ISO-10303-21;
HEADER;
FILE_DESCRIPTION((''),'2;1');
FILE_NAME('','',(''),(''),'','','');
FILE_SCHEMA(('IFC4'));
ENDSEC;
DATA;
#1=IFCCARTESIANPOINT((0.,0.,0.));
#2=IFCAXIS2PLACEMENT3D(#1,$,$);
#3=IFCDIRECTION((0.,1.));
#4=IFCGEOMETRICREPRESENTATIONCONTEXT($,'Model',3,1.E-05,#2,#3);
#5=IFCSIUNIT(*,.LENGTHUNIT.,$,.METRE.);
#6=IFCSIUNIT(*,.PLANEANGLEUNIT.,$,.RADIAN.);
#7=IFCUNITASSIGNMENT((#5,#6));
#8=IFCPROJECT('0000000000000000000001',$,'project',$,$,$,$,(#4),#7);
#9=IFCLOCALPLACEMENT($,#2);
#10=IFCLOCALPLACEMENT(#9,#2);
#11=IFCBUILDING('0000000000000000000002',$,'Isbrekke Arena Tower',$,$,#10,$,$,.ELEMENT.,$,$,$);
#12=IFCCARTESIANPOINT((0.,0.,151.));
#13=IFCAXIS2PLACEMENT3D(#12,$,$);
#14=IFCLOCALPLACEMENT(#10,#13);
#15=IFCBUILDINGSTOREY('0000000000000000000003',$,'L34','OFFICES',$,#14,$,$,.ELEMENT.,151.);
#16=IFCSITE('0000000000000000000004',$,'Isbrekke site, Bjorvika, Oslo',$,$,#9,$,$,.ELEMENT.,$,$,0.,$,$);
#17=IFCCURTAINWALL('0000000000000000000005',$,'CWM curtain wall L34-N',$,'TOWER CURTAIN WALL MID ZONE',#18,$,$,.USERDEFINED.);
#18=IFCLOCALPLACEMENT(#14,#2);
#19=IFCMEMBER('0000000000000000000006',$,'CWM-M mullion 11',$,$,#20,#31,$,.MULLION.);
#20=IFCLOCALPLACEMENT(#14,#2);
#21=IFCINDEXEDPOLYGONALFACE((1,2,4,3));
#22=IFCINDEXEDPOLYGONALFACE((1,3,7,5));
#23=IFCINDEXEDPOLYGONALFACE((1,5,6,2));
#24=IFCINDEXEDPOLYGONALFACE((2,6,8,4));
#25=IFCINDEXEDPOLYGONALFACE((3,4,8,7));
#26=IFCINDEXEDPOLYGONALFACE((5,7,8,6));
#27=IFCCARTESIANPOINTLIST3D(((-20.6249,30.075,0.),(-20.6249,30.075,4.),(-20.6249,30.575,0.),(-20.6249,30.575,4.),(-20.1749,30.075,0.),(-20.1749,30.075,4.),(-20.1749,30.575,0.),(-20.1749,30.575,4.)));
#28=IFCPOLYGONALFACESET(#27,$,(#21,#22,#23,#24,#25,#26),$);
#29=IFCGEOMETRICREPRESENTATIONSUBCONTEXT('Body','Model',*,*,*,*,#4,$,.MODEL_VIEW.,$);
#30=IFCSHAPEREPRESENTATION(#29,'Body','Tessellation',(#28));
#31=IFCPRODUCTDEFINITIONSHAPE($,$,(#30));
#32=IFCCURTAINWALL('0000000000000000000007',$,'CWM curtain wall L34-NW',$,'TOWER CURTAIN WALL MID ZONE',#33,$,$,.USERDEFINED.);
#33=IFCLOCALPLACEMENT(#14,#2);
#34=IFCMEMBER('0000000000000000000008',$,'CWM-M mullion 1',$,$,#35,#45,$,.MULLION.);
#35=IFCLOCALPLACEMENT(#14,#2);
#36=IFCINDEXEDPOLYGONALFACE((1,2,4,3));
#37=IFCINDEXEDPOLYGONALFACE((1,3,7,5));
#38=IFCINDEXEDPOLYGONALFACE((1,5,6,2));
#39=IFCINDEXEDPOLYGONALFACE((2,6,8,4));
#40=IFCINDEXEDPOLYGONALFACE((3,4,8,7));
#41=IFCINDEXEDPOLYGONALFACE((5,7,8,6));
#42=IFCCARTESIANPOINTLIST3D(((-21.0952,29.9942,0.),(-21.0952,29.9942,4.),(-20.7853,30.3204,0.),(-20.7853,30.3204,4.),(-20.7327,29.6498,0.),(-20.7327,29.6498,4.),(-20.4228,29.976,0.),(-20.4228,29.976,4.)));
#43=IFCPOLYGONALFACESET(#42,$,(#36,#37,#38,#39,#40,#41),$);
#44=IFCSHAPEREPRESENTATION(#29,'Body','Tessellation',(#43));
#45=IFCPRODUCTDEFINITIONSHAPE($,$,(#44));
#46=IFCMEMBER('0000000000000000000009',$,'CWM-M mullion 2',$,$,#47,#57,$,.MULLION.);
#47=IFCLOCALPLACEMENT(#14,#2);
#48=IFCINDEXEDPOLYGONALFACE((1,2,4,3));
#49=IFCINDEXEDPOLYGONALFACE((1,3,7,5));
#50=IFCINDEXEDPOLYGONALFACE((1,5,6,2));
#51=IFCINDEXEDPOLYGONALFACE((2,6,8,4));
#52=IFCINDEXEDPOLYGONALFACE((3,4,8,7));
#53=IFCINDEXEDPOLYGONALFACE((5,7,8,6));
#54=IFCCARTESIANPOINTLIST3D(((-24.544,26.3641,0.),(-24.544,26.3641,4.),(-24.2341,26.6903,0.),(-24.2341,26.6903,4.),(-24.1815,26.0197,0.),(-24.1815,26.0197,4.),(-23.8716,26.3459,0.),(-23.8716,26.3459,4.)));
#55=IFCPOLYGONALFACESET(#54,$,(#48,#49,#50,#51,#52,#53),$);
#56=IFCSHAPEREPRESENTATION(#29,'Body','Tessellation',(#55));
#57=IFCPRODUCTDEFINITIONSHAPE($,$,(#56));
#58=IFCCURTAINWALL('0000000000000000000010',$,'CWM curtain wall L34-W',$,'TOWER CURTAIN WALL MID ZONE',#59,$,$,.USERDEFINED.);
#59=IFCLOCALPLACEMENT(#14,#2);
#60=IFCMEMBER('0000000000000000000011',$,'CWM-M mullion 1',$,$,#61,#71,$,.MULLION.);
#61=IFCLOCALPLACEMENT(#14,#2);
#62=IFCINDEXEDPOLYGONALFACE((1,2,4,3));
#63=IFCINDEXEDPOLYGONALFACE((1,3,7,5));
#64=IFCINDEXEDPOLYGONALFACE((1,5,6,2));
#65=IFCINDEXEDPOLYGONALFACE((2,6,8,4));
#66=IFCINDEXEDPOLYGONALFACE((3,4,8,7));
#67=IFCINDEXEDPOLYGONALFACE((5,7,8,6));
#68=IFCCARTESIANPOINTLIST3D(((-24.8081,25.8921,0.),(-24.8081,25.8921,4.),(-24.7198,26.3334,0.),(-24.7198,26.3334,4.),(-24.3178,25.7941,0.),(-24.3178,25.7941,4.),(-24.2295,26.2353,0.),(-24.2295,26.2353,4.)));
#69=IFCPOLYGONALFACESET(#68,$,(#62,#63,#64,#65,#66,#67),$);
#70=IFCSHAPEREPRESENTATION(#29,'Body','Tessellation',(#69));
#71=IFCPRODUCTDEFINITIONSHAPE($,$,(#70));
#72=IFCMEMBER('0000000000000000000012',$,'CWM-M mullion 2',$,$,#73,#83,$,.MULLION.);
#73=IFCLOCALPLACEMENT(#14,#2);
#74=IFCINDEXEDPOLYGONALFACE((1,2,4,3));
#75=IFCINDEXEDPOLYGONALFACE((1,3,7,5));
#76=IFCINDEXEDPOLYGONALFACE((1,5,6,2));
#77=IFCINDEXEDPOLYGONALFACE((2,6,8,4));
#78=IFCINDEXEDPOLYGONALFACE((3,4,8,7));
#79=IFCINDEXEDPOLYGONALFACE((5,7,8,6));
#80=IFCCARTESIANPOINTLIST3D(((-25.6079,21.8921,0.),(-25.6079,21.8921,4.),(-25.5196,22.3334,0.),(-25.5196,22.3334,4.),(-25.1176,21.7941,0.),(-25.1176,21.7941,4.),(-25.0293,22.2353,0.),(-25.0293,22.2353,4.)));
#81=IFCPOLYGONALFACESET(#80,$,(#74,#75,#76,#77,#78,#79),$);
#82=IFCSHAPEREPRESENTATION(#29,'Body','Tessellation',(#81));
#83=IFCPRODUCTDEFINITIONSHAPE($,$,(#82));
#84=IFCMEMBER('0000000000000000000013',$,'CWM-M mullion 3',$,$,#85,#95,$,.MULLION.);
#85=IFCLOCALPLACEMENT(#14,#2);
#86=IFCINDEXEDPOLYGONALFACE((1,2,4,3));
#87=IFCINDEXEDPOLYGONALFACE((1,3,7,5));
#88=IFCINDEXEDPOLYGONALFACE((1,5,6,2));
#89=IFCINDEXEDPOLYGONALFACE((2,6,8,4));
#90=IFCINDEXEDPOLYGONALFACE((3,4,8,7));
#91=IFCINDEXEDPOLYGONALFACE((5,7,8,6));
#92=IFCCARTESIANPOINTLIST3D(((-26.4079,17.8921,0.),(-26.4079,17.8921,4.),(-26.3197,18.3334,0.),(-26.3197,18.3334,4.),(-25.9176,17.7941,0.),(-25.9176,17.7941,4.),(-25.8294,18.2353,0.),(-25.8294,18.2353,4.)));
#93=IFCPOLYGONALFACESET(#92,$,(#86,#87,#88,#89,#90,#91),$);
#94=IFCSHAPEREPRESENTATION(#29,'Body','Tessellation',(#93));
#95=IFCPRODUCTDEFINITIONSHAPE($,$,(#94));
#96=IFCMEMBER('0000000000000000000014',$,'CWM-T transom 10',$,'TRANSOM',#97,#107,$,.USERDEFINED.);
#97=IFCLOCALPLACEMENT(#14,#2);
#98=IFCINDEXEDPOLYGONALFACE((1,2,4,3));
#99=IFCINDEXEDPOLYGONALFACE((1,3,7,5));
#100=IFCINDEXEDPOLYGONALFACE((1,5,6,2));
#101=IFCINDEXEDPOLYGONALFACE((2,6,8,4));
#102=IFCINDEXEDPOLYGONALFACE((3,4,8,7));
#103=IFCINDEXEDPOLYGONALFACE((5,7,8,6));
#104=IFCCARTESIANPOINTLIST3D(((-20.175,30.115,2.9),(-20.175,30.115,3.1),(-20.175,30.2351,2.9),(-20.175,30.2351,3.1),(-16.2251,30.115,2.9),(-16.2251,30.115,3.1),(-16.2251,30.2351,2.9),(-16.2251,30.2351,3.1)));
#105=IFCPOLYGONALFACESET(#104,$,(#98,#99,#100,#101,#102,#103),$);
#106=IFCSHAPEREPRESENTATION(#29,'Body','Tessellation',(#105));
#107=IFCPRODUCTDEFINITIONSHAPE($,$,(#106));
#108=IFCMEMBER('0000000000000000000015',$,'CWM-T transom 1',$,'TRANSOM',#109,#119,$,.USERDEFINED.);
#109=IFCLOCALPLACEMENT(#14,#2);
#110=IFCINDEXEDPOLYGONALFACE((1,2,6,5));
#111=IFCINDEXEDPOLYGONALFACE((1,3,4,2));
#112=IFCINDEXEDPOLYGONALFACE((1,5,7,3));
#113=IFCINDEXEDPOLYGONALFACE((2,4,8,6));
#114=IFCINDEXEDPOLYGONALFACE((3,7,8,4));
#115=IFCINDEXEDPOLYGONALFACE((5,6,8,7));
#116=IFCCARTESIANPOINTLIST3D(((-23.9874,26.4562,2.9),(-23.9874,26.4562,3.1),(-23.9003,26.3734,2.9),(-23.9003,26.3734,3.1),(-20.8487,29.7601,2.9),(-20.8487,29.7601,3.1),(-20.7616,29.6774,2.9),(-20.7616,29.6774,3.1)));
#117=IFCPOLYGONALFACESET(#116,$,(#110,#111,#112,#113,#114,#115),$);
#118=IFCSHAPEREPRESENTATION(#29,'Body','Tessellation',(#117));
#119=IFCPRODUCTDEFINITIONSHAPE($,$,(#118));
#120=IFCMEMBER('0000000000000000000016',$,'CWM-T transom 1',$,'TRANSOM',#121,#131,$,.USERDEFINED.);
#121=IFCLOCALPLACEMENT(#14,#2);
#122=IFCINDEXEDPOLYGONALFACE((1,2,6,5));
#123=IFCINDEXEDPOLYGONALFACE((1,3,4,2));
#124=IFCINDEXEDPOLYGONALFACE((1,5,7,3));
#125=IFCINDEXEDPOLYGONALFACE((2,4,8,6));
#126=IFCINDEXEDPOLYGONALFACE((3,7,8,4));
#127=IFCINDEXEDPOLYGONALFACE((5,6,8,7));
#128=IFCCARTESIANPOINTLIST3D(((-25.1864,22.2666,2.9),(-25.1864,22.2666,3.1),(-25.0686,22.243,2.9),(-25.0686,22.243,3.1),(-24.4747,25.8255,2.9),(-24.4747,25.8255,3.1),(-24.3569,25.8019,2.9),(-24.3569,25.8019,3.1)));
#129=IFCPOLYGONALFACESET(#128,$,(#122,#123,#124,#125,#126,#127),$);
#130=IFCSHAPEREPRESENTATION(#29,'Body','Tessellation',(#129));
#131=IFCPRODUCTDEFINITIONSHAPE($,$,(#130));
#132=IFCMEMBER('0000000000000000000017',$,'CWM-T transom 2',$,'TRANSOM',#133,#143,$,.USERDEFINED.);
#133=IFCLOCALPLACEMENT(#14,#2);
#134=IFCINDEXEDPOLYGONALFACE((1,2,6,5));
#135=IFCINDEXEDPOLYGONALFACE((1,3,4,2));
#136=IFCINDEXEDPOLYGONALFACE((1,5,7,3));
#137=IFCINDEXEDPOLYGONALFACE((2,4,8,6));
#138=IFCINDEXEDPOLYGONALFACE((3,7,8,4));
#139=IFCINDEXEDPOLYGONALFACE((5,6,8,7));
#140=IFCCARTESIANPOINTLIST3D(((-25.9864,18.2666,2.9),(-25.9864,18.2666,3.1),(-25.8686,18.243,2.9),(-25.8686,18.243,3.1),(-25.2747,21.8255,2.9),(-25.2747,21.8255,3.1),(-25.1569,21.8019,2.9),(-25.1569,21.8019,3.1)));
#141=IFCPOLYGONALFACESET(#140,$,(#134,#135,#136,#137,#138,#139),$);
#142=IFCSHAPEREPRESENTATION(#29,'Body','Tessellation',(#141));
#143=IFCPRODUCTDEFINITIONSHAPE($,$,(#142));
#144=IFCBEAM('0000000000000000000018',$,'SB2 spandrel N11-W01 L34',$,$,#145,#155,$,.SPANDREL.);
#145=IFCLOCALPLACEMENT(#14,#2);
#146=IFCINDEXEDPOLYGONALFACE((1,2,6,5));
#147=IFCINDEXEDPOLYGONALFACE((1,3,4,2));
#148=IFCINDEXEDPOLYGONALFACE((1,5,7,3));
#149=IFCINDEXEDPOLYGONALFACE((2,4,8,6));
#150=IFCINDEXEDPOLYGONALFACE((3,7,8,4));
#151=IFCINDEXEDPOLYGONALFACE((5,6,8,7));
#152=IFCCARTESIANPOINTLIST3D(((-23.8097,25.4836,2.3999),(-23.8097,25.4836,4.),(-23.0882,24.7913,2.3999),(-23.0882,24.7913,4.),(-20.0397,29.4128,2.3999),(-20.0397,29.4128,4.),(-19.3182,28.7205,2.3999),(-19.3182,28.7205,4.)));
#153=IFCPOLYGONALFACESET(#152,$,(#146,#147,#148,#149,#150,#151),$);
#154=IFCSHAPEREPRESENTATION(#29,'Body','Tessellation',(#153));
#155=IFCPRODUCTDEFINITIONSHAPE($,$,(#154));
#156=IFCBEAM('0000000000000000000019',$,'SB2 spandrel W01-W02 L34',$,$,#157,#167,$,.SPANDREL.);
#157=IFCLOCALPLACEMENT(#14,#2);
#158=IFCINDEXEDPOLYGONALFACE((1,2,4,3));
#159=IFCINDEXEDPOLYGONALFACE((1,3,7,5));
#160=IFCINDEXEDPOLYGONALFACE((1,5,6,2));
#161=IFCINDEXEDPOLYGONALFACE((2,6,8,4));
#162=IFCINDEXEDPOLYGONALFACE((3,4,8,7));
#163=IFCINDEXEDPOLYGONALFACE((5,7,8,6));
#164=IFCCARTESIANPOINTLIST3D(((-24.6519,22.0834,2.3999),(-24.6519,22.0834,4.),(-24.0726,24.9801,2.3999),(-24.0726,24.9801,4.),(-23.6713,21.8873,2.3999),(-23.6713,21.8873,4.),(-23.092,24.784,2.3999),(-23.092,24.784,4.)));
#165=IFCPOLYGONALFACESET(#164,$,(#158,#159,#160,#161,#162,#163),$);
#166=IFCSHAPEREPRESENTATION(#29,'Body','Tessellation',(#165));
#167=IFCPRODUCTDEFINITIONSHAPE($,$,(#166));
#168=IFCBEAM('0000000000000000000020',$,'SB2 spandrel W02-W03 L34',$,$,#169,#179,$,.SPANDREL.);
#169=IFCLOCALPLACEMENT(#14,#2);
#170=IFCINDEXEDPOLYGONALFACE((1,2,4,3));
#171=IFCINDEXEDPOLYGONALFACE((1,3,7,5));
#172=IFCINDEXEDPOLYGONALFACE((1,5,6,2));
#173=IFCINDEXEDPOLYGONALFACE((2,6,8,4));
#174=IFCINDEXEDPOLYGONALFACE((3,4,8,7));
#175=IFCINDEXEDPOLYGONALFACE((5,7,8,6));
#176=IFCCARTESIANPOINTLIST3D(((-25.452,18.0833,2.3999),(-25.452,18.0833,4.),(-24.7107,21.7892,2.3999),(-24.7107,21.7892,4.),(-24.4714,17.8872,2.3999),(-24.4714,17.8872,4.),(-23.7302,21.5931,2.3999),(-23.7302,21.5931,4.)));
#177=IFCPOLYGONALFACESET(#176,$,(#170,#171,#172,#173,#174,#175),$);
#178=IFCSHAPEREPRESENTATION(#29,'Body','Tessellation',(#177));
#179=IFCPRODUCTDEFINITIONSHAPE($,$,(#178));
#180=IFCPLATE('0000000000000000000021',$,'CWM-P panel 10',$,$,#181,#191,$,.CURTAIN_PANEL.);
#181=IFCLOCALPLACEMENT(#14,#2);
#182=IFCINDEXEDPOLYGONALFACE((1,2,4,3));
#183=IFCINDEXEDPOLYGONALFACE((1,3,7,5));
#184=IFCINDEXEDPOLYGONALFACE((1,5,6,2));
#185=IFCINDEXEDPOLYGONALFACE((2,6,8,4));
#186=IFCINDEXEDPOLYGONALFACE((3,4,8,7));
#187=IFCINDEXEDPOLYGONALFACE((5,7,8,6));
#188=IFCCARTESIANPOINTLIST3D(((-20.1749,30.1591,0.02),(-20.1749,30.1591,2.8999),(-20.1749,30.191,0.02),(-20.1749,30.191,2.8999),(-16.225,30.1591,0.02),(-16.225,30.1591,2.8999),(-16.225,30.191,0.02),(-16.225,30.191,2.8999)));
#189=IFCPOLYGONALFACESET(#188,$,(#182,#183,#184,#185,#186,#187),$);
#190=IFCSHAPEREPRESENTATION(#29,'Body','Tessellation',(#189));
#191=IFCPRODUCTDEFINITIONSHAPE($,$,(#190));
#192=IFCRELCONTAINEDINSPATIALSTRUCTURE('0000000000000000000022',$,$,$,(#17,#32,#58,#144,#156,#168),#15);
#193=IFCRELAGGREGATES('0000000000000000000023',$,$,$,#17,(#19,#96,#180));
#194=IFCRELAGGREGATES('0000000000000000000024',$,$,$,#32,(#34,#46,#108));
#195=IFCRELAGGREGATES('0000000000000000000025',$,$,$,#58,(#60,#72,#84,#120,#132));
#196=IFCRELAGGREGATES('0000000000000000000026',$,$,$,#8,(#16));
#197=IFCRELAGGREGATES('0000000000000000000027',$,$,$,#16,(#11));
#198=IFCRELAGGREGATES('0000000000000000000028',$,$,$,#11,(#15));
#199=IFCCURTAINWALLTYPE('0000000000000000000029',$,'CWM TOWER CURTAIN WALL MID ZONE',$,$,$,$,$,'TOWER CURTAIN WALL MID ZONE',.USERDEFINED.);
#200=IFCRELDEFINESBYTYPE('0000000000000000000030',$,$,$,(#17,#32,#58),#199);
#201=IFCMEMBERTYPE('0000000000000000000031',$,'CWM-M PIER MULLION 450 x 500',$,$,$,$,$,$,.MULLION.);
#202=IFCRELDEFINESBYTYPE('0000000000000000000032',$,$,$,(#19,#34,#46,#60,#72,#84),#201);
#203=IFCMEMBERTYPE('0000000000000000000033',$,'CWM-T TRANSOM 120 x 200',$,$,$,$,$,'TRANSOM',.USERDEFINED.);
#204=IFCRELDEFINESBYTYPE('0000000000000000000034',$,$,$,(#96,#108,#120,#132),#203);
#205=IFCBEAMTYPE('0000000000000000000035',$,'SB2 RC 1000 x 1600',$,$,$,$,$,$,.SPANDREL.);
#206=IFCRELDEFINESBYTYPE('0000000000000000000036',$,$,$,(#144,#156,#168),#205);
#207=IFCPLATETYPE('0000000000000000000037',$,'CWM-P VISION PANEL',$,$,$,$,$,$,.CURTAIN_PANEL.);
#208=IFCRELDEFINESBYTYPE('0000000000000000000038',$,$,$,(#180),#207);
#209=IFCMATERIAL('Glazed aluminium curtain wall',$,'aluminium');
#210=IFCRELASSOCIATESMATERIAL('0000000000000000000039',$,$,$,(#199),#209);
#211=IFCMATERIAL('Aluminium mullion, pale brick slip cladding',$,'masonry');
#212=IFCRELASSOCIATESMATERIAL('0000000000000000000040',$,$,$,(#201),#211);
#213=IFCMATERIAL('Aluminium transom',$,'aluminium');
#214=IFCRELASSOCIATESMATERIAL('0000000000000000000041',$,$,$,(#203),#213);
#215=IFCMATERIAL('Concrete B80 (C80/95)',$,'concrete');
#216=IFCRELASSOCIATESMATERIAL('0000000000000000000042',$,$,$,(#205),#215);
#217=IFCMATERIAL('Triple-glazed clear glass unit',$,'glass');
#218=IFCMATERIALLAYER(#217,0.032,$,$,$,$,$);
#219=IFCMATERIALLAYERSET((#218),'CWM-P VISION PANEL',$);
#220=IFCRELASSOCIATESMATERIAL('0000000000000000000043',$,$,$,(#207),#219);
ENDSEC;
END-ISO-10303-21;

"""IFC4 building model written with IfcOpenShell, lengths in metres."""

from ifc_helpers import new_model, si_unit, direction, frame, origin, origin_2d, place, context, subcontext, project, spatial, rectangle, extrude, material, layer, layer_set, material_profile, profile_set, type_object, element, aggregate, save


model = new_model("IFC4")

# Units and contexts
model_context = context("Model", 3, precision=1e-05, world=origin(), true_north=direction((0.0, 1.0)))
body_context = subcontext(model_context, "Body", "Model", "MODEL_VIEW")
ifc_project = project(units=[si_unit("LENGTHUNIT", "METRE"), si_unit("PLANEANGLEUNIT", "RADIAN")], contexts=[model_context])

# Site, building, storey
site_placement = place(None, origin())
site = spatial("IfcSite", under=ifc_project, at=site_placement, Name="Isbrekke site, Bjorvika, Oslo", CompositionType="ELEMENT", RefElevation=0.0)
building_placement = place(site_placement, origin())
building = spatial("IfcBuilding", under=site, at=building_placement, Name="Isbrekke Arena Tower", CompositionType="ELEMENT")
storey_placement = place(building_placement, frame((0.0, 0.0, 151.0)))
storey = spatial("IfcBuildingStorey", under=building, at=storey_placement, Name="L34", Description="OFFICES", CompositionType="ELEMENT", Elevation=151.0)

# Curtain wall, member
ifc_material_1 = material(Name="Glazed aluminium curtain wall", Category="aluminium")
curtain_wall_type = type_object("IfcCurtainWallType", Name="CWM TOWER CURTAIN WALL MID ZONE", ElementType="TOWER CURTAIN WALL MID ZONE", PredefinedType="USERDEFINED", material=ifc_material_1)
curtain_wall_1_placement = place(storey_placement, origin())
curtain_wall_1 = element("IfcCurtainWall", 1, at=curtain_wall_1_placement, inside=storey, type_object=curtain_wall_type, Name="CWM curtain wall L34-N", ObjectType="TOWER CURTAIN WALL MID ZONE", PredefinedType="USERDEFINED")
ifc_material_2 = material(Name="Aluminium mullion, pale brick slip cladding", Category="masonry")
ifc_material_profile_1 = material_profile(ifc_material_2, rectangle(XDim=0.45, YDim=0.5, at=origin_2d()), Name="PIER 450X500")
ifc_profile_set_1 = profile_set([ifc_material_profile_1], Name="Aluminium mullion, pale brick slip cladding")
member_type_1 = type_object("IfcMemberType", Name="CWM-M PIER MULLION 450 x 500", PredefinedType="MULLION", material=ifc_profile_set_1)
member_1_placement = place(storey_placement, frame((-20.3999, 30.325, 0.0), z_axis=(0.0, 0.0, 1.0), x_axis=(-1.0, 0.0, 0.0)))
member_1 = element("IfcMember", 2, at=member_1_placement, type_object=member_type_1, Name="CWM-M mullion 11", PredefinedType="MULLION", context=body_context, shape_type="SweptSolid", body=[
    extrude(rectangle(XDim=0.45, YDim=0.5, at=origin_2d()), origin(), (0.0, 0.0, 1.0), 4.0),
])

# Curtain walls, members
curtain_wall_2_placement = place(storey_placement, origin())
curtain_wall_2 = element("IfcCurtainWall", 3, at=curtain_wall_2_placement, inside=storey, type_object=curtain_wall_type, Name="CWM curtain wall L34-NW", ObjectType="TOWER CURTAIN WALL MID ZONE", PredefinedType="USERDEFINED")
member_2_placement = place(storey_placement, frame((-20.759, 29.9851, 0.0), z_axis=(0.0, 0.0, 1.0), x_axis=(-0.688749, -0.724999, 0.0)))
member_2 = element("IfcMember", 4, at=member_2_placement, type_object=member_type_1, Name="CWM-M mullion 1", PredefinedType="MULLION", context=body_context, shape_type="SweptSolid", body=[
    extrude(rectangle(XDim=0.45, YDim=0.5, at=origin_2d()), origin(), (0.0, 0.0, 1.0), 4.0),
])
member_3_placement = place(storey_placement, frame((-24.2078, 26.355, 0.0), z_axis=(0.0, 0.0, 1.0), x_axis=(-0.688749, -0.724999, 0.0)))
member_3 = element("IfcMember", 5, at=member_3_placement, type_object=member_type_1, Name="CWM-M mullion 2", PredefinedType="MULLION", context=body_context, shape_type="SweptSolid", body=[
    extrude(rectangle(XDim=0.45, YDim=0.5, at=origin_2d()), origin(), (0.0, 0.0, 1.0), 4.0),
])
curtain_wall_3_placement = place(storey_placement, origin())
curtain_wall_3 = element("IfcCurtainWall", 6, at=curtain_wall_3_placement, inside=storey, type_object=curtain_wall_type, Name="CWM curtain wall L34-W", ObjectType="TOWER CURTAIN WALL MID ZONE", PredefinedType="USERDEFINED")
member_4_placement = place(storey_placement, frame((-24.5188, 26.0637, 0.0), z_axis=(0.0, 0.0, 1.0), x_axis=(-0.196116, -0.980581, 0.0)))
member_4 = element("IfcMember", 7, at=member_4_placement, type_object=member_type_1, Name="CWM-M mullion 1", PredefinedType="MULLION", context=body_context, shape_type="SweptSolid", body=[
    extrude(rectangle(XDim=0.45, YDim=0.5, at=origin_2d()), origin(), (0.0, 0.0, 1.0), 4.0),
])
member_5_placement = place(storey_placement, frame((-25.3186, 22.0637, 0.0), z_axis=(0.0, 0.0, 1.0), x_axis=(-0.196116, -0.980581, 0.0)))
member_5 = element("IfcMember", 8, at=member_5_placement, type_object=member_type_1, Name="CWM-M mullion 2", PredefinedType="MULLION", context=body_context, shape_type="SweptSolid", body=[
    extrude(rectangle(XDim=0.45, YDim=0.5, at=origin_2d()), origin(), (0.0, 0.0, 1.0), 4.0),
])
member_6_placement = place(storey_placement, frame((-26.1187, 18.0637, 0.0), z_axis=(0.0, 0.0, 1.0), x_axis=(-0.196116, -0.980581, 0.0)))
member_6 = element("IfcMember", 9, at=member_6_placement, type_object=member_type_1, Name="CWM-M mullion 3", PredefinedType="MULLION", context=body_context, shape_type="SweptSolid", body=[
    extrude(rectangle(XDim=0.45, YDim=0.5, at=origin_2d()), origin(), (0.0, 0.0, 1.0), 4.0),
])

# Members
ifc_material_3 = material(Name="Aluminium transom", Category="aluminium")
ifc_material_profile_2 = material_profile(ifc_material_3, rectangle(XDim=0.1201, YDim=0.2, at=origin_2d()), Name="TRANSOM 120X200")
ifc_profile_set_2 = profile_set([ifc_material_profile_2], Name="Aluminium transom")
member_type_2 = type_object("IfcMemberType", Name="CWM-T TRANSOM 120 x 200", ElementType="TRANSOM", PredefinedType="USERDEFINED", material=ifc_profile_set_2)
member_7_placement = place(storey_placement, frame((-16.2251, 30.175, 3.0), z_axis=(-1.0, 0.0, 0.0), x_axis=(0.0, -1.0, 0.0)))
member_7 = element("IfcMember", 10, at=member_7_placement, type_object=member_type_2, Name="CWM-T transom 10", ObjectType="TRANSOM", PredefinedType="USERDEFINED", context=body_context, shape_type="SweptSolid", body=[
    extrude(rectangle(XDim=0.1201, YDim=0.2, at=origin_2d()), origin(), (0.0, 0.0, 1.0), 3.95),
])
member_8_placement = place(storey_placement, frame((-20.8052, 29.7188, 3.0), z_axis=(-0.68874, -0.725009, 0.0), x_axis=(0.725009, -0.68874, 0.0)))
member_8 = element("IfcMember", 11, at=member_8_placement, type_object=member_type_2, Name="CWM-T transom 1", ObjectType="TRANSOM", PredefinedType="USERDEFINED", context=body_context, shape_type="SweptSolid", body=[
    extrude(rectangle(XDim=0.1201, YDim=0.2, at=origin_2d()), origin(), (0.0, 0.0, 1.0), 4.5571),
])
member_9_placement = place(storey_placement, frame((-24.4158, 25.8137, 3.0), z_axis=(-0.19609, -0.980586, 0.0), x_axis=(0.980586, -0.19609, 0.0)))
member_9 = element("IfcMember", 12, at=member_9_placement, type_object=member_type_2, Name="CWM-T transom 1", ObjectType="TRANSOM", PredefinedType="USERDEFINED", context=body_context, shape_type="SweptSolid", body=[
    extrude(rectangle(XDim=0.1201, YDim=0.2, at=origin_2d()), origin(), (0.0, 0.0, 1.0), 3.6294),
])
member_10_placement = place(storey_placement, frame((-25.2158, 21.8137, 3.0), z_axis=(-0.19609, -0.980586, 0.0), x_axis=(0.980586, -0.19609, 0.0)))
member_10 = element("IfcMember", 13, at=member_10_placement, type_object=member_type_2, Name="CWM-T transom 2", ObjectType="TRANSOM", PredefinedType="USERDEFINED", context=body_context, shape_type="SweptSolid", body=[
    extrude(rectangle(XDim=0.1201, YDim=0.2, at=origin_2d()), origin(), (0.0, 0.0, 1.0), 3.6294),
])

# Beams
ifc_material_4 = material(Name="Concrete B80 (C80/95)", Category="concrete")
ifc_material_profile_3 = material_profile(ifc_material_4, rectangle(XDim=1.0, YDim=1.6001, at=origin_2d()), Name="RC 1000x1600")
ifc_profile_set_3 = profile_set([ifc_material_profile_3], Name="Concrete B80 (C80/95)")
beam_type_1 = type_object("IfcBeamType", Name="SB2 RC 1000 x 1600", PredefinedType="SPANDREL", material=ifc_profile_set_3)
beam_1_placement = place(storey_placement, frame((-19.679, 29.0667, 3.2), z_axis=(-0.69234, -0.721572, 0.0), x_axis=(0.721572, -0.69234, 0.0)))
element("IfcBeam", 14, at=beam_1_placement, inside=storey, type_object=beam_type_1, Name="SB2 spandrel N11-W01 L34", PredefinedType="SPANDREL", context=body_context, shape_type="SweptSolid", body=[
    extrude(rectangle(XDim=1.0, YDim=1.6001, at=origin_2d()), origin(), (0.0, 0.0, 1.0), 5.4453),
])
beam_2_placement = place(storey_placement, frame((-23.5823, 24.8821, 3.2), z_axis=(-0.196116, -0.980581, 0.0), x_axis=(0.980581, -0.196116, 0.0)))
element("IfcBeam", 15, at=beam_2_placement, inside=storey, type_object=beam_type_1, Name="SB2 spandrel W01-W02 L34", PredefinedType="SPANDREL", context=body_context, shape_type="SweptSolid", body=[
    extrude(rectangle(XDim=1.0, YDim=1.6001, at=origin_2d()), origin(), (0.0, 0.0, 1.0), 2.9541),
])
beam_3_placement = place(storey_placement, frame((-24.2205, 21.6912, 3.2), z_axis=(-0.196129, -0.980578, 0.0), x_axis=(0.980578, -0.196129, 0.0)))
element("IfcBeam", 16, at=beam_3_placement, inside=storey, type_object=beam_type_1, Name="SB2 spandrel W02-W03 L34", PredefinedType="SPANDREL", context=body_context, shape_type="SweptSolid", body=[
    extrude(rectangle(XDim=1.0, YDim=1.6001, at=origin_2d()), origin(), (0.0, 0.0, 1.0), 3.7793),
])

# Plate
ifc_material_5 = material(Name="Triple-glazed clear glass unit", Category="glass")
ifc_layer_1 = layer(ifc_material_5, 0.032)
ifc_layer_set_1 = layer_set([ifc_layer_1], Name="CWM-P VISION PANEL")
plate_type = type_object("IfcPlateType", Name="CWM-P VISION PANEL", PredefinedType="CURTAIN_PANEL", material=ifc_layer_set_1)
plate_1_placement = place(storey_placement, frame((-18.2, 30.175, 0.02), z_axis=(0.0, 0.0, 1.0), x_axis=(-1.0, 0.0, 0.0)))
plate_1 = element("IfcPlate", 17, at=plate_1_placement, type_object=plate_type, Name="CWM-P panel 10", PredefinedType="CURTAIN_PANEL", context=body_context, shape_type="SweptSolid", body=[
    extrude(rectangle(XDim=3.95, YDim=0.032, at=origin_2d()), origin(), (0.0, 0.0, 1.0), 2.8799),
])
aggregate(curtain_wall_1, [member_1, member_7, plate_1])
aggregate(curtain_wall_2, [member_2, member_3, member_8])
aggregate(curtain_wall_3, [member_4, member_5, member_6, member_9, member_10])

save(model, "model.ifc")
